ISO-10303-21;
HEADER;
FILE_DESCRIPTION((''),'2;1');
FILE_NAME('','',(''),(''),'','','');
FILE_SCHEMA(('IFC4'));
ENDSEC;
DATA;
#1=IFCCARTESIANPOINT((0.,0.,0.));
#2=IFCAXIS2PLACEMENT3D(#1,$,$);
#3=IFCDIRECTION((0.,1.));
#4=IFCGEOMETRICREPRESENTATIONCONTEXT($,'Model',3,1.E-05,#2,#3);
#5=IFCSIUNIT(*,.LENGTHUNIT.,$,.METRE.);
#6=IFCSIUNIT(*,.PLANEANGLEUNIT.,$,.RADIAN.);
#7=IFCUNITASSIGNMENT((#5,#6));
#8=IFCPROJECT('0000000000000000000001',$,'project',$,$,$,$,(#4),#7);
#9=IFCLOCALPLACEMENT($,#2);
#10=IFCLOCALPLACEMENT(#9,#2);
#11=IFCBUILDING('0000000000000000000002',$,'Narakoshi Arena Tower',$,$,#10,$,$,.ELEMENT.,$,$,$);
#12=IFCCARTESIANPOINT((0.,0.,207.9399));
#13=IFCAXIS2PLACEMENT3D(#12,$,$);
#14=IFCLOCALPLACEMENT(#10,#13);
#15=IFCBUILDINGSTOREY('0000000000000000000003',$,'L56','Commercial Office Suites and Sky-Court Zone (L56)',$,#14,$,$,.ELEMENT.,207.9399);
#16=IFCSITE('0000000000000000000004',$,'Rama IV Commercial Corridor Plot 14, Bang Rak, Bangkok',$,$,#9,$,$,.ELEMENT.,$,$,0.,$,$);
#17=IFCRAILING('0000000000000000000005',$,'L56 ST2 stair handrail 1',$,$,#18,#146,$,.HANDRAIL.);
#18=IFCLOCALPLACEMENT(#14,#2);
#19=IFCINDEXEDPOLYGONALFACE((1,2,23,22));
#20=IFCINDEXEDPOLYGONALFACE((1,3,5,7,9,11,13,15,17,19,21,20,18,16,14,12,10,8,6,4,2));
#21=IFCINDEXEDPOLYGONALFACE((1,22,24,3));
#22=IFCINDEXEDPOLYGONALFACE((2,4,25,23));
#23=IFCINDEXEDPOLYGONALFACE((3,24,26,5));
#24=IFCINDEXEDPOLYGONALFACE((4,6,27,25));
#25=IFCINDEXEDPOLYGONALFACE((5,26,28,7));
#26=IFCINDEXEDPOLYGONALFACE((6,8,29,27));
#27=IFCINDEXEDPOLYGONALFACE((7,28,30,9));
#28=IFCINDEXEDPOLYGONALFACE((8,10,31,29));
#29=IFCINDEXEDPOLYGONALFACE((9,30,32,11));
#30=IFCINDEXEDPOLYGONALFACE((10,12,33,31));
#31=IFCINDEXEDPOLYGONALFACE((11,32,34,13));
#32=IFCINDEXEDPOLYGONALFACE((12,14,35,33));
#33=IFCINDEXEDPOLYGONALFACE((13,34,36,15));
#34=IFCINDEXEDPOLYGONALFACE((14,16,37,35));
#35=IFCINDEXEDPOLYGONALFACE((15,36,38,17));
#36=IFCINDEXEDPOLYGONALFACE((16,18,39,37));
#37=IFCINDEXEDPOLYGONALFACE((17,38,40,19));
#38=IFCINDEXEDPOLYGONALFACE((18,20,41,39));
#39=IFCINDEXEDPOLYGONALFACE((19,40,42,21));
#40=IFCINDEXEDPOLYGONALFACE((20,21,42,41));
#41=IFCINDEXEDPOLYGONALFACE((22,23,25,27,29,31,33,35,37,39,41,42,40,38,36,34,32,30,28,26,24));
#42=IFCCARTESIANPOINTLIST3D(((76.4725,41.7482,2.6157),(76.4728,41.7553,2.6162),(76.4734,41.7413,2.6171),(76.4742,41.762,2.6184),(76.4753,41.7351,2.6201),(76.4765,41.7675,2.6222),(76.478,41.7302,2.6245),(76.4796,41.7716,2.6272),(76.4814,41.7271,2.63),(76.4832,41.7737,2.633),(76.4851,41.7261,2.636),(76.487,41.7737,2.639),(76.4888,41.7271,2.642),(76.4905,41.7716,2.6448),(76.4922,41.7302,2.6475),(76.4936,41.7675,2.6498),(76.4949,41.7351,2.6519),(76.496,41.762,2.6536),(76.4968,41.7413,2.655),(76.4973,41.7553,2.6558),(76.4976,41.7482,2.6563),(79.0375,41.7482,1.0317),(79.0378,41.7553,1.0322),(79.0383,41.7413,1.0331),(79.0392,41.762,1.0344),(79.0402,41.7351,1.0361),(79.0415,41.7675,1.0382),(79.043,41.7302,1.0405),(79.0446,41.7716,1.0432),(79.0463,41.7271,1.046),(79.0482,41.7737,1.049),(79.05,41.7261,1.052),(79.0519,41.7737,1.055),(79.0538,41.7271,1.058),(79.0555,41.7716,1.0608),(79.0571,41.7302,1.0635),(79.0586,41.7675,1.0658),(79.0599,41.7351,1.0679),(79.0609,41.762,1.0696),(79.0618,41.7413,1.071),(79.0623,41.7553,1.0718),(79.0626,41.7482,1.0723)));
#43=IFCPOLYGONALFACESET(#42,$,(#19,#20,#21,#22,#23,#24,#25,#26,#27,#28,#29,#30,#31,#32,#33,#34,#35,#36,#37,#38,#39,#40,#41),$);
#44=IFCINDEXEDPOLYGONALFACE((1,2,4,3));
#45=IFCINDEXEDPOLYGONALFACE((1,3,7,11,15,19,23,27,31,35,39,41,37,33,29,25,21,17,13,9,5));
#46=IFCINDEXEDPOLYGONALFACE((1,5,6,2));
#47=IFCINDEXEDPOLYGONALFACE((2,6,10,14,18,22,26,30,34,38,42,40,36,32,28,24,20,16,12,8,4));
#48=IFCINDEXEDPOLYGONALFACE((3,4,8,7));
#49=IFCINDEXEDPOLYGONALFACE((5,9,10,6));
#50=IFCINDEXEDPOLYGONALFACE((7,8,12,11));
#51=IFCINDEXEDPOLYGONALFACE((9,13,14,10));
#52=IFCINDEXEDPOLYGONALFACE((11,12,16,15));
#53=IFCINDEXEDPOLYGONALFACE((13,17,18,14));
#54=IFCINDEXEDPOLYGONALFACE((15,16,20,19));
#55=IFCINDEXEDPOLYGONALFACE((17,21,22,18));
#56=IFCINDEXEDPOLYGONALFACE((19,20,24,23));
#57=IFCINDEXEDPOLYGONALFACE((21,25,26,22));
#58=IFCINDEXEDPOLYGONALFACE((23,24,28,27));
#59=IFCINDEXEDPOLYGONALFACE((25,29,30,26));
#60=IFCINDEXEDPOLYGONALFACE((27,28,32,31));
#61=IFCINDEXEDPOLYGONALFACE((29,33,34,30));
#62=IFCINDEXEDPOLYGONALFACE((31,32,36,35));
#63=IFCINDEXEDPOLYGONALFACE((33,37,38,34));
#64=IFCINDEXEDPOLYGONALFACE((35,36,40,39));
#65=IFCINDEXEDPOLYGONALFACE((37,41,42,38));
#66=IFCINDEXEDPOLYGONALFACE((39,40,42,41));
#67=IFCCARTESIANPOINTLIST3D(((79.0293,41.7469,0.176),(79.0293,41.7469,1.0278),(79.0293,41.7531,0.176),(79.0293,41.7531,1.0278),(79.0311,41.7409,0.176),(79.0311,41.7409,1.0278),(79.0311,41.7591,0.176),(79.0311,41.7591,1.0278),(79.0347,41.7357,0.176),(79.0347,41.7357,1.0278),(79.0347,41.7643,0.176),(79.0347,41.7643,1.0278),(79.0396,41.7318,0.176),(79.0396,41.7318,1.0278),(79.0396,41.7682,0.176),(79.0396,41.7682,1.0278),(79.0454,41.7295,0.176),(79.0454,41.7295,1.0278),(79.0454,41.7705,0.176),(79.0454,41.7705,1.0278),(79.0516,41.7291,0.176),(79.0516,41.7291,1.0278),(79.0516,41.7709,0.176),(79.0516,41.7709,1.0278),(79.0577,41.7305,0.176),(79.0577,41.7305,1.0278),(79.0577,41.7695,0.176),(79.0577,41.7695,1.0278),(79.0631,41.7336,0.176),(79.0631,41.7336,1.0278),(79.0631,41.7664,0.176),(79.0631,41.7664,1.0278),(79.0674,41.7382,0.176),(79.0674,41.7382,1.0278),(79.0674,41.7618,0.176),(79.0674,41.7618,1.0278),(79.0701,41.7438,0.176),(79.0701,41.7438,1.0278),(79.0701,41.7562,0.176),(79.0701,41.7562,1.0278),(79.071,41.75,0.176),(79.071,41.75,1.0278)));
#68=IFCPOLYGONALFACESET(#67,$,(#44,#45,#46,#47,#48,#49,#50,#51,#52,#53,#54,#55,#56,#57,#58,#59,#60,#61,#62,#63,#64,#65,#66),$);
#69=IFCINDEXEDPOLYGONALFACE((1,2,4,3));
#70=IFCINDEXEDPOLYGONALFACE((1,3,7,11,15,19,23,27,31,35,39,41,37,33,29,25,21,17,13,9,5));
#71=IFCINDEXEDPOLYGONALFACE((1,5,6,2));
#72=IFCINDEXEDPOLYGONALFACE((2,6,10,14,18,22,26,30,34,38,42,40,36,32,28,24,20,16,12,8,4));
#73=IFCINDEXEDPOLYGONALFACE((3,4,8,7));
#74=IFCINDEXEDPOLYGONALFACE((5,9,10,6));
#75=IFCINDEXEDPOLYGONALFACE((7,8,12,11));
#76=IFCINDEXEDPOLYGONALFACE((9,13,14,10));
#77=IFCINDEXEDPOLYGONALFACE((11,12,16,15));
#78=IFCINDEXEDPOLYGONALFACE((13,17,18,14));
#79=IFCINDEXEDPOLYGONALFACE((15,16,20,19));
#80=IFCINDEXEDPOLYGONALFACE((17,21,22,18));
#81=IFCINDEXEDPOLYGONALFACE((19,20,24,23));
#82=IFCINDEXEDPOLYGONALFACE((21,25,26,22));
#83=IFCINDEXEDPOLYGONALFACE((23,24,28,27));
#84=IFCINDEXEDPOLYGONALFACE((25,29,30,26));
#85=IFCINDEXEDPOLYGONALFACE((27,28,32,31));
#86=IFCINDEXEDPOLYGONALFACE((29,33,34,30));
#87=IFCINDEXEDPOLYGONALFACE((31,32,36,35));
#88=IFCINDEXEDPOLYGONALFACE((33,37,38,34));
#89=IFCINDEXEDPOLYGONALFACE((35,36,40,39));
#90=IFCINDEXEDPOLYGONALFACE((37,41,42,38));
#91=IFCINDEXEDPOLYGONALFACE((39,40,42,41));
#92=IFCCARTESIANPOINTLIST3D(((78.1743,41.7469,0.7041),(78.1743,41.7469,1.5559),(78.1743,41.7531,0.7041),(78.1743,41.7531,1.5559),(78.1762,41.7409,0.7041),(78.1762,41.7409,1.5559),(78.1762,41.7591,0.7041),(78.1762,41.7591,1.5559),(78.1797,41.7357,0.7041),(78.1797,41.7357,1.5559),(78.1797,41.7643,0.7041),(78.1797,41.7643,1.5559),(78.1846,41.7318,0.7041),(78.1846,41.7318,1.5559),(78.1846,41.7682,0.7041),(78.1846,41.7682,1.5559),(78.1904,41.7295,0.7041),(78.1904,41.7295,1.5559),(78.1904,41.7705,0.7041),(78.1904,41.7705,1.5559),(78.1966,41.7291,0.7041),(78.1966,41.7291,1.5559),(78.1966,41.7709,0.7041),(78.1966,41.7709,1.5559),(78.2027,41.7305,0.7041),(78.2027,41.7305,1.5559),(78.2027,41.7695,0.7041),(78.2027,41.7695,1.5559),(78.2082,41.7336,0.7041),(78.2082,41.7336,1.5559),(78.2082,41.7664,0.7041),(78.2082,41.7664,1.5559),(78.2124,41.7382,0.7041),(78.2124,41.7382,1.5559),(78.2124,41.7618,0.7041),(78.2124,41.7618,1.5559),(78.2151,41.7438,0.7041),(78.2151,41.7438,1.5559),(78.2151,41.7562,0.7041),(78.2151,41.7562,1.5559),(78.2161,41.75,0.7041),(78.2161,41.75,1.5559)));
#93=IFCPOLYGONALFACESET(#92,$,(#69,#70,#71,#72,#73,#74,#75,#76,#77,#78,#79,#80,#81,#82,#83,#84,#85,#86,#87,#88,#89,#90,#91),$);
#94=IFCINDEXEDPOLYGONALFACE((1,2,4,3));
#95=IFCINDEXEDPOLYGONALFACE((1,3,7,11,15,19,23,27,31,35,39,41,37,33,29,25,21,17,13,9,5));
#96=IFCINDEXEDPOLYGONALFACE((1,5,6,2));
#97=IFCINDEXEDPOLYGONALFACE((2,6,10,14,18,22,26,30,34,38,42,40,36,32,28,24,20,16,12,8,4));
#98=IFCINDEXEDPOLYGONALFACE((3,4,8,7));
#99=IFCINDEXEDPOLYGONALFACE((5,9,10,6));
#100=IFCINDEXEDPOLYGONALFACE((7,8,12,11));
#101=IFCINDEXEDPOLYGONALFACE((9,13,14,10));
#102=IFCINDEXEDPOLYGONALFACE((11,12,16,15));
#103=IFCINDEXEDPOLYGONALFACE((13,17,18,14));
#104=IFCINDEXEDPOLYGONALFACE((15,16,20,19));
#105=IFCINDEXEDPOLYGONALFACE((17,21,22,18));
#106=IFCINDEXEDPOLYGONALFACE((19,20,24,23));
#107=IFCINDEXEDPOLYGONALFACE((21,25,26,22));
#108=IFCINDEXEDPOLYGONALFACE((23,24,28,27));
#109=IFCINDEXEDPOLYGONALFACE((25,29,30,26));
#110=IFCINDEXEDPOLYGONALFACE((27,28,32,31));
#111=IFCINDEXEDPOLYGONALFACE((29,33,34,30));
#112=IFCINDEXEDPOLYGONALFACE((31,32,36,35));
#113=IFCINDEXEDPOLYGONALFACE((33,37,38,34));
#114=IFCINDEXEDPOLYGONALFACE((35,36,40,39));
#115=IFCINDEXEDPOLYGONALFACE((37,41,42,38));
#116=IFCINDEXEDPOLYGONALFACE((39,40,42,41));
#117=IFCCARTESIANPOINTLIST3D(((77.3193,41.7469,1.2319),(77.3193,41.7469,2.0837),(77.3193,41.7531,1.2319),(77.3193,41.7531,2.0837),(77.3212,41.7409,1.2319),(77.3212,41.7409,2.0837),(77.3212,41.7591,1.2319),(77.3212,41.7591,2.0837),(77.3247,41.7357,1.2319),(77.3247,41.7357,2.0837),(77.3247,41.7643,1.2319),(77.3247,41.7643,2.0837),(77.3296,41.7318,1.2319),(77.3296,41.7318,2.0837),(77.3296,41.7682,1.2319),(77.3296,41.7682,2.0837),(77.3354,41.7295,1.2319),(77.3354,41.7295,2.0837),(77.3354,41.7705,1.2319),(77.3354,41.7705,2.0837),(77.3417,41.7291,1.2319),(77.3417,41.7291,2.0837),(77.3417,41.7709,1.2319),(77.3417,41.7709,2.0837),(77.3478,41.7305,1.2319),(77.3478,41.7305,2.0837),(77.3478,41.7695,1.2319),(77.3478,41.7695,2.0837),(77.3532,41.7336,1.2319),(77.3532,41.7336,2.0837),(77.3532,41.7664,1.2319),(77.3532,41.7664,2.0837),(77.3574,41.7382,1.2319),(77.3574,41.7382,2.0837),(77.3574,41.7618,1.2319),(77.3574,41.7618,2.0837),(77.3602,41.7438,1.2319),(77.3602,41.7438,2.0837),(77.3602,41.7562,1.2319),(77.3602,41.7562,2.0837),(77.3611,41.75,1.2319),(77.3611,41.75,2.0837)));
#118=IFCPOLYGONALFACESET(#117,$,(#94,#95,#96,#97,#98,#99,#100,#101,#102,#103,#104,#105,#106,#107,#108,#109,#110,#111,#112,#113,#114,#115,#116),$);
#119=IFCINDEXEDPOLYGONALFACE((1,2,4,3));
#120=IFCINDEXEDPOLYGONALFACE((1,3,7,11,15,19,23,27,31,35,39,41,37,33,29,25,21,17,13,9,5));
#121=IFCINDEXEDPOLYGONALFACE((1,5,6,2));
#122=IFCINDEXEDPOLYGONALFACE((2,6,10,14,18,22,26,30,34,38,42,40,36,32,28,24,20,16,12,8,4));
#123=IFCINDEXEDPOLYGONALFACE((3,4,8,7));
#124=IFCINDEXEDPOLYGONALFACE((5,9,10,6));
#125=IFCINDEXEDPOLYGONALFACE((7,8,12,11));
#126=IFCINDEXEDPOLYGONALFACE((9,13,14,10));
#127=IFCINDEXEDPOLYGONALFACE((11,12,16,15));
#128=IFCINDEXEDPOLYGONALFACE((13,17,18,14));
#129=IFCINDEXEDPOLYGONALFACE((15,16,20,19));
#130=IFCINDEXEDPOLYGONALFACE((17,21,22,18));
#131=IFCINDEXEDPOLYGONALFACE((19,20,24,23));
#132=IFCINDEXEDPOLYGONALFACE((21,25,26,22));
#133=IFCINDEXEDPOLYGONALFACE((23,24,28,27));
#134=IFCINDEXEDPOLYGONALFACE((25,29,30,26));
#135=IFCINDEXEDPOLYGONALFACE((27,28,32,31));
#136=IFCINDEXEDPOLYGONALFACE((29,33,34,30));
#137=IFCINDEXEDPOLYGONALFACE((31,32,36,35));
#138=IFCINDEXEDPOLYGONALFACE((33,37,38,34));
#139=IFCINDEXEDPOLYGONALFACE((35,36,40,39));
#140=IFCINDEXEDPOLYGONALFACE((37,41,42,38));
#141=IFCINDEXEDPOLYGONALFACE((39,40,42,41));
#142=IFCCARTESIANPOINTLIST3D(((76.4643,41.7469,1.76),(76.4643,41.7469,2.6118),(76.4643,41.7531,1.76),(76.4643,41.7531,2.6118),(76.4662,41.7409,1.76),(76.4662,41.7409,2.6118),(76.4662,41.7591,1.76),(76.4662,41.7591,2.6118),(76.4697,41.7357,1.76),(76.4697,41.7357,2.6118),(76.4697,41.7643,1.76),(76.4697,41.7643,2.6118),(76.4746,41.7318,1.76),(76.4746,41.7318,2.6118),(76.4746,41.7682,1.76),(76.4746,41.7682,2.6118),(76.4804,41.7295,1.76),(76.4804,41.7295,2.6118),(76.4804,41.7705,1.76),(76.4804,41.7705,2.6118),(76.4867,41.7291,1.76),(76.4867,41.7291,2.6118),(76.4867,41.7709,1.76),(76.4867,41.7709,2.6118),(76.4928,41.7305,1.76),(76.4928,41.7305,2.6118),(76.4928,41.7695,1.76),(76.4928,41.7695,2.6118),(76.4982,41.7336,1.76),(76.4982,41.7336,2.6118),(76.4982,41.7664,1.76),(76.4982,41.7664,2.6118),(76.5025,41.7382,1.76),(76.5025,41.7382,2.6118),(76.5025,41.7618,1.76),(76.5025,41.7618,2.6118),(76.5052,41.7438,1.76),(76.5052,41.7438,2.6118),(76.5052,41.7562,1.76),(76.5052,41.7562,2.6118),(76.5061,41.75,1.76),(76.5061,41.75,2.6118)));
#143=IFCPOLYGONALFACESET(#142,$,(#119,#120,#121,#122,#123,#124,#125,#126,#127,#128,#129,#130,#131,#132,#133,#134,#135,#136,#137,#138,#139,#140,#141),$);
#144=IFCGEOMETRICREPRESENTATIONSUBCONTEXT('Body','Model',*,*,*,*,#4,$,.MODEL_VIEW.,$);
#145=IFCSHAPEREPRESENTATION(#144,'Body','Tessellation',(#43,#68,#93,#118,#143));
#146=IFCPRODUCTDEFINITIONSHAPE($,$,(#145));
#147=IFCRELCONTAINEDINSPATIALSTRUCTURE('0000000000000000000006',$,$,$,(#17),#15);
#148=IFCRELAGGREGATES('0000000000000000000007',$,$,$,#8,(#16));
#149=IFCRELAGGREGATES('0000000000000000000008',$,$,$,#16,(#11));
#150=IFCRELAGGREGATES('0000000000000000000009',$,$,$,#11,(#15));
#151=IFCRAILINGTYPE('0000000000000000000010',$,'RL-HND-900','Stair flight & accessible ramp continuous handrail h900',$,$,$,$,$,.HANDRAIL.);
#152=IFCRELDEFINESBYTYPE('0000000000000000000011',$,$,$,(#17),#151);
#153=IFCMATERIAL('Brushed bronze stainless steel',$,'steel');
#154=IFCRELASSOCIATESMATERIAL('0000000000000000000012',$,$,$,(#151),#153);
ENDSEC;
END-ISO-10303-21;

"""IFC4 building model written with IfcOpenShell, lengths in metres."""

from ifc_helpers import new_model, si_unit, direction, frame, origin, origin_2d, place, context, subcontext, project, spatial, circle, extrude, material, type_object, element, save


model = new_model("IFC4")

# Units and contexts
model_context = context("Model", 3, precision=1e-05, world=origin(), true_north=direction((0.0, 1.0)))
body_context = subcontext(model_context, "Body", "Model", "MODEL_VIEW")
ifc_project = project(units=[si_unit("LENGTHUNIT", "METRE"), si_unit("PLANEANGLEUNIT", "RADIAN")], contexts=[model_context])

# Site, building, storey
site_placement = place(None, origin())
site = spatial("IfcSite", under=ifc_project, at=site_placement, Name="Rama IV Commercial Corridor Plot 14, Bang Rak, Bangkok", CompositionType="ELEMENT", RefElevation=0.0)
building_placement = place(site_placement, origin())
building = spatial("IfcBuilding", under=site, at=building_placement, Name="Narakoshi Arena Tower", CompositionType="ELEMENT")
storey_placement = place(building_placement, frame((0.0, 0.0, 207.9399)))
storey = spatial("IfcBuildingStorey", under=building, at=storey_placement, Name="L56", Description="Commercial Office Suites and Sky-Court Zone (L56)", CompositionType="ELEMENT", Elevation=207.9399)

# Railing
ifc_material_1 = material(Name="Brushed bronze stainless steel", Category="steel")
railing_type_1 = type_object("IfcRailingType", Name="RL-HND-900", Description="Stair flight & accessible ramp continuous handrail h900", PredefinedType="HANDRAIL", material=ifc_material_1)
railing_1_placement = place(storey_placement, frame((79.05, 41.75, 0.176)))
element("IfcRailing", 1, at=railing_1_placement, inside=storey, type_object=railing_type_1, Name="L56 ST2 stair handrail 1", PredefinedType="HANDRAIL", context=body_context, shape_type="SweptSolid", body=[
    extrude(circle(Radius=0.0239, at=origin_2d()), frame((0.0, 0.0, 0.876), z_axis=(-0.850834, 0.0, 0.525434), x_axis=(0.0, -1.0, 0.0)), (0.0, 0.0, 1.0), 3.0146),
    extrude(circle(Radius=0.021, at=origin_2d()), origin(), (0.0, 0.0, 1.0), 0.8518),
    extrude(circle(Radius=0.021, at=origin_2d()), frame((-0.855, 0.0, 0.5281)), (0.0, 0.0, 1.0), 0.8518),
    extrude(circle(Radius=0.021, at=origin_2d()), frame((-1.71, 0.0, 1.0559)), (0.0, 0.0, 1.0), 0.8518),
    extrude(circle(Radius=0.021, at=origin_2d()), frame((-2.5649, 0.0, 1.584)), (0.0, 0.0, 1.0), 0.8518),
])

save(model, "model.ifc")
